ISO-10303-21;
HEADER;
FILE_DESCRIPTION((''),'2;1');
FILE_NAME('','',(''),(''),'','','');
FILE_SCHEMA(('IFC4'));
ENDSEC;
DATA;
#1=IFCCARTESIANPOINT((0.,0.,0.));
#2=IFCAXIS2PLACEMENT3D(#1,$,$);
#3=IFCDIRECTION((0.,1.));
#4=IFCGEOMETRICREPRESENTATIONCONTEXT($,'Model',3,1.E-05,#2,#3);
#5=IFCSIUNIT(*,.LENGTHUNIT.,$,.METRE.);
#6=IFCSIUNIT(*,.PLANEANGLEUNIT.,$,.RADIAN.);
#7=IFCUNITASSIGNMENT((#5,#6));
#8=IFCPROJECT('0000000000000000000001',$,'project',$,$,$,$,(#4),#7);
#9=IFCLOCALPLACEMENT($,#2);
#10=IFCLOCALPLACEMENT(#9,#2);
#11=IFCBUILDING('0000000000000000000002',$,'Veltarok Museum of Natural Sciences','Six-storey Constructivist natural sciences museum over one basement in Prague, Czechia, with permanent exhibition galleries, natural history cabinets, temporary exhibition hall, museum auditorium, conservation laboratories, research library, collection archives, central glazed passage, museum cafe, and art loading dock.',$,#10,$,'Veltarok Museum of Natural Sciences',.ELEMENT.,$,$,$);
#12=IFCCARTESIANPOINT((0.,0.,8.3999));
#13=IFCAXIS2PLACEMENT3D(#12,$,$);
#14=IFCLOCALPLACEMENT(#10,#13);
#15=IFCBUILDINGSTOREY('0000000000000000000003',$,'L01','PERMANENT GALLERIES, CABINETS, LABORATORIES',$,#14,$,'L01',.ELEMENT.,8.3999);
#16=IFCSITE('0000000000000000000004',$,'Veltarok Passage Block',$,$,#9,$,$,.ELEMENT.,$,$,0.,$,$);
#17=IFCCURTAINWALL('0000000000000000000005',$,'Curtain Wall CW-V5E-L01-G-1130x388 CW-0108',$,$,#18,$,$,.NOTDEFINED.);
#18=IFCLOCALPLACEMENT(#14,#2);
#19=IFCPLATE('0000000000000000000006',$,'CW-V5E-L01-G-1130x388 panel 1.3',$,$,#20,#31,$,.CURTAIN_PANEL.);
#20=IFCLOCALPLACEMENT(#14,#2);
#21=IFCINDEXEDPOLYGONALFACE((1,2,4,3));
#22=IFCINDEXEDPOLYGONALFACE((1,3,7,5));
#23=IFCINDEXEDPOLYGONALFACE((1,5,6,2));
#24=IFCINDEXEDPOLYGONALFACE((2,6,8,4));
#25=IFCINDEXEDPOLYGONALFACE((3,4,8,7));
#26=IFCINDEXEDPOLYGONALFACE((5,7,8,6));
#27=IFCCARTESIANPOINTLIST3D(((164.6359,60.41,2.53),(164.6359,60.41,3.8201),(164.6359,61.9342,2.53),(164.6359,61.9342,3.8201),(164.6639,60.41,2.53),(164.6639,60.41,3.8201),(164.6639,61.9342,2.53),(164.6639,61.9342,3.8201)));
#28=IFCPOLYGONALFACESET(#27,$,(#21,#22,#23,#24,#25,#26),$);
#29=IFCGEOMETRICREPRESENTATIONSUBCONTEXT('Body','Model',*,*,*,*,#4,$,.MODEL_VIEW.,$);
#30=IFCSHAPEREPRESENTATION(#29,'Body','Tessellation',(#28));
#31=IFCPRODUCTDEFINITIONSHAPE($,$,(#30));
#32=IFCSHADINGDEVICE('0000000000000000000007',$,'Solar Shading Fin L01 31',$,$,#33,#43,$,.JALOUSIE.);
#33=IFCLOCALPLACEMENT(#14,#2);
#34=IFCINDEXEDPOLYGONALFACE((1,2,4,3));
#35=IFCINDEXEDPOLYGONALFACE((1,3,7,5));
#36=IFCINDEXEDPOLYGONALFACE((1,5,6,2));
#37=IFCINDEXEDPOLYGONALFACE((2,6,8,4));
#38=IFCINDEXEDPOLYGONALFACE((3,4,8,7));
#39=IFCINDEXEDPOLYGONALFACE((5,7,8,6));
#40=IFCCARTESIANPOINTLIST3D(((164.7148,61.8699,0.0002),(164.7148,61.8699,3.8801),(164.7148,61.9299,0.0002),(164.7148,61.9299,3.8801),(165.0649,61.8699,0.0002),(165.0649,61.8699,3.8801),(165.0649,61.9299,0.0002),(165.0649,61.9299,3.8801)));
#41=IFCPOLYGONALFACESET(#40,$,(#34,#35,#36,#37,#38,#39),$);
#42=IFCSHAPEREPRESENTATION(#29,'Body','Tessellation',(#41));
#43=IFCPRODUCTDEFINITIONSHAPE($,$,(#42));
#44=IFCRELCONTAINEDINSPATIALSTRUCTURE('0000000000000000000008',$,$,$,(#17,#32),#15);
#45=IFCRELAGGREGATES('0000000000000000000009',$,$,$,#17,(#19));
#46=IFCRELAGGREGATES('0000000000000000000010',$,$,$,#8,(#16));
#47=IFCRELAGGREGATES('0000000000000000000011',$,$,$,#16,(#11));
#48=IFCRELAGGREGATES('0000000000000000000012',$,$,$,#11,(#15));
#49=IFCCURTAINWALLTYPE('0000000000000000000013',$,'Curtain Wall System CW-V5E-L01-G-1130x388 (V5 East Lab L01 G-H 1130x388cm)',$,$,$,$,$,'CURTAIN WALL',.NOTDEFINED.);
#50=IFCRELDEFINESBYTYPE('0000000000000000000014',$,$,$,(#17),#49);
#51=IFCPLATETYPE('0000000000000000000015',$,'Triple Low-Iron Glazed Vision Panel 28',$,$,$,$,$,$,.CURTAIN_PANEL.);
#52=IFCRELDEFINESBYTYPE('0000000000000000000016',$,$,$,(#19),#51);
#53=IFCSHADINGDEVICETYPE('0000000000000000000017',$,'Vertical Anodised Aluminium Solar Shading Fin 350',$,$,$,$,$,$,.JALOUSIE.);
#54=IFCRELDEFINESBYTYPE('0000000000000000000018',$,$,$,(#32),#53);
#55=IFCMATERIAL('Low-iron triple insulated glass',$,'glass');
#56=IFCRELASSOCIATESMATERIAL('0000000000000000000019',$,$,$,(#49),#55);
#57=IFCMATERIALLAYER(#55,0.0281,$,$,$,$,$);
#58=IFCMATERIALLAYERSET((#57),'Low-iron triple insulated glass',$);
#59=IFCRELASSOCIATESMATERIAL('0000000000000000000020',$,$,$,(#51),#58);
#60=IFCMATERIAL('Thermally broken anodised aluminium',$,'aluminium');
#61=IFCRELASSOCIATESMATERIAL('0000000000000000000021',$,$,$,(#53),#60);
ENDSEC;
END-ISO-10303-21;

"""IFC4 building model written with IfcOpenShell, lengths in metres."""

from ifc_helpers import new_model, si_unit, direction, frame, origin, origin_2d, place, context, subcontext, project, spatial, rectangle, extrude, material, layer, layer_set, type_object, element, aggregate, save


model = new_model("IFC4")

# Units and contexts
model_context = context("Model", 3, precision=1e-05, world=origin(), true_north=direction((0.0, 1.0)))
body_context = subcontext(model_context, "Body", "Model", "MODEL_VIEW")
ifc_project = project(units=[si_unit("LENGTHUNIT", "METRE"), si_unit("PLANEANGLEUNIT", "RADIAN")], contexts=[model_context])

# Site, building, storey
site_placement = place(None, origin())
site = spatial("IfcSite", under=ifc_project, at=site_placement, Name="Veltarok Passage Block", CompositionType="ELEMENT", RefElevation=0.0)
building_placement = place(site_placement, origin())
building = spatial("IfcBuilding", under=site, at=building_placement, Name="Veltarok Museum of Natural Sciences", Description="Six-storey Constructivist natural sciences museum over one basement in Prague, Czechia, with permanent exhibition galleries, natural history cabinets, temporary exhibition hall, museum auditorium, conservation laboratories, research library, collection archives, central glazed passage, museum cafe, and art loading dock.", LongName="Veltarok Museum of Natural Sciences", CompositionType="ELEMENT")
storey_placement = place(building_placement, frame((0.0, 0.0, 8.3999)))
storey = spatial("IfcBuildingStorey", under=building, at=storey_placement, Name="L01", Description="PERMANENT GALLERIES, CABINETS, LABORATORIES", LongName="L01", CompositionType="ELEMENT", Elevation=8.3999)

# Curtain wall
ifc_material_1 = material(Name="Low-iron triple insulated glass", Category="glass")
ifc_material_2 = material(Name="Thermally broken anodised aluminium", Category="aluminium")
curtain_wall_type_1 = type_object("IfcCurtainWallType", Name="Curtain Wall System CW-V5E-L01-G-1130x388 (V5 East Lab L01 G-H 1130x388cm)", ElementType="CURTAIN WALL", PredefinedType="NOTDEFINED", material=ifc_material_1)
curtain_wall_1_placement = place(storey_placement, origin())
curtain_wall_1 = element("IfcCurtainWall", 1, at=curtain_wall_1_placement, inside=storey, type_object=curtain_wall_type_1, Name="Curtain Wall CW-V5E-L01-G-1130x388 CW-0108", PredefinedType="NOTDEFINED")

# Plate
ifc_layer = layer(ifc_material_1, 0.0281)
ifc_layer_set = layer_set([ifc_layer], Name="Low-iron triple insulated glass")
plate_type = type_object("IfcPlateType", Name="Triple Low-Iron Glazed Vision Panel 28", PredefinedType="CURTAIN_PANEL", material=ifc_layer_set)
plate_1_placement = place(storey_placement, frame((164.6499, 61.1721, 2.53), z_axis=(0.0, 0.0, 1.0), x_axis=(0.0, 1.0, 0.0)))
plate_1 = element("IfcPlate", 2, at=plate_1_placement, type_object=plate_type, Name="CW-V5E-L01-G-1130x388 panel 1.3", PredefinedType="CURTAIN_PANEL", context=body_context, shape_type="SweptSolid", body=[
    extrude(rectangle(XDim=1.5242, YDim=0.0281, at=origin_2d()), origin(), (0.0, 0.0, 1.0), 1.29),
])
aggregate(curtain_wall_1, [plate_1])

# Shading device
shading_device_type = type_object("IfcShadingDeviceType", Name="Vertical Anodised Aluminium Solar Shading Fin 350", PredefinedType="JALOUSIE", material=ifc_material_2)
shading_device_placement = place(storey_placement, frame((164.8899, 61.8999, 0.0002), z_axis=(0.0, 0.0, 1.0), x_axis=(1.0, 0.0, 0.0)))
element("IfcShadingDevice", 3, at=shading_device_placement, inside=storey, type_object=shading_device_type, Name="Solar Shading Fin L01 31", PredefinedType="JALOUSIE", context=body_context, shape_type="SweptSolid", body=[
    extrude(rectangle(XDim=0.3501, YDim=0.0601, at=origin_2d()), origin(), (0.0, 0.0, 1.0), 3.8799),
])

save(model, "model.ifc")
